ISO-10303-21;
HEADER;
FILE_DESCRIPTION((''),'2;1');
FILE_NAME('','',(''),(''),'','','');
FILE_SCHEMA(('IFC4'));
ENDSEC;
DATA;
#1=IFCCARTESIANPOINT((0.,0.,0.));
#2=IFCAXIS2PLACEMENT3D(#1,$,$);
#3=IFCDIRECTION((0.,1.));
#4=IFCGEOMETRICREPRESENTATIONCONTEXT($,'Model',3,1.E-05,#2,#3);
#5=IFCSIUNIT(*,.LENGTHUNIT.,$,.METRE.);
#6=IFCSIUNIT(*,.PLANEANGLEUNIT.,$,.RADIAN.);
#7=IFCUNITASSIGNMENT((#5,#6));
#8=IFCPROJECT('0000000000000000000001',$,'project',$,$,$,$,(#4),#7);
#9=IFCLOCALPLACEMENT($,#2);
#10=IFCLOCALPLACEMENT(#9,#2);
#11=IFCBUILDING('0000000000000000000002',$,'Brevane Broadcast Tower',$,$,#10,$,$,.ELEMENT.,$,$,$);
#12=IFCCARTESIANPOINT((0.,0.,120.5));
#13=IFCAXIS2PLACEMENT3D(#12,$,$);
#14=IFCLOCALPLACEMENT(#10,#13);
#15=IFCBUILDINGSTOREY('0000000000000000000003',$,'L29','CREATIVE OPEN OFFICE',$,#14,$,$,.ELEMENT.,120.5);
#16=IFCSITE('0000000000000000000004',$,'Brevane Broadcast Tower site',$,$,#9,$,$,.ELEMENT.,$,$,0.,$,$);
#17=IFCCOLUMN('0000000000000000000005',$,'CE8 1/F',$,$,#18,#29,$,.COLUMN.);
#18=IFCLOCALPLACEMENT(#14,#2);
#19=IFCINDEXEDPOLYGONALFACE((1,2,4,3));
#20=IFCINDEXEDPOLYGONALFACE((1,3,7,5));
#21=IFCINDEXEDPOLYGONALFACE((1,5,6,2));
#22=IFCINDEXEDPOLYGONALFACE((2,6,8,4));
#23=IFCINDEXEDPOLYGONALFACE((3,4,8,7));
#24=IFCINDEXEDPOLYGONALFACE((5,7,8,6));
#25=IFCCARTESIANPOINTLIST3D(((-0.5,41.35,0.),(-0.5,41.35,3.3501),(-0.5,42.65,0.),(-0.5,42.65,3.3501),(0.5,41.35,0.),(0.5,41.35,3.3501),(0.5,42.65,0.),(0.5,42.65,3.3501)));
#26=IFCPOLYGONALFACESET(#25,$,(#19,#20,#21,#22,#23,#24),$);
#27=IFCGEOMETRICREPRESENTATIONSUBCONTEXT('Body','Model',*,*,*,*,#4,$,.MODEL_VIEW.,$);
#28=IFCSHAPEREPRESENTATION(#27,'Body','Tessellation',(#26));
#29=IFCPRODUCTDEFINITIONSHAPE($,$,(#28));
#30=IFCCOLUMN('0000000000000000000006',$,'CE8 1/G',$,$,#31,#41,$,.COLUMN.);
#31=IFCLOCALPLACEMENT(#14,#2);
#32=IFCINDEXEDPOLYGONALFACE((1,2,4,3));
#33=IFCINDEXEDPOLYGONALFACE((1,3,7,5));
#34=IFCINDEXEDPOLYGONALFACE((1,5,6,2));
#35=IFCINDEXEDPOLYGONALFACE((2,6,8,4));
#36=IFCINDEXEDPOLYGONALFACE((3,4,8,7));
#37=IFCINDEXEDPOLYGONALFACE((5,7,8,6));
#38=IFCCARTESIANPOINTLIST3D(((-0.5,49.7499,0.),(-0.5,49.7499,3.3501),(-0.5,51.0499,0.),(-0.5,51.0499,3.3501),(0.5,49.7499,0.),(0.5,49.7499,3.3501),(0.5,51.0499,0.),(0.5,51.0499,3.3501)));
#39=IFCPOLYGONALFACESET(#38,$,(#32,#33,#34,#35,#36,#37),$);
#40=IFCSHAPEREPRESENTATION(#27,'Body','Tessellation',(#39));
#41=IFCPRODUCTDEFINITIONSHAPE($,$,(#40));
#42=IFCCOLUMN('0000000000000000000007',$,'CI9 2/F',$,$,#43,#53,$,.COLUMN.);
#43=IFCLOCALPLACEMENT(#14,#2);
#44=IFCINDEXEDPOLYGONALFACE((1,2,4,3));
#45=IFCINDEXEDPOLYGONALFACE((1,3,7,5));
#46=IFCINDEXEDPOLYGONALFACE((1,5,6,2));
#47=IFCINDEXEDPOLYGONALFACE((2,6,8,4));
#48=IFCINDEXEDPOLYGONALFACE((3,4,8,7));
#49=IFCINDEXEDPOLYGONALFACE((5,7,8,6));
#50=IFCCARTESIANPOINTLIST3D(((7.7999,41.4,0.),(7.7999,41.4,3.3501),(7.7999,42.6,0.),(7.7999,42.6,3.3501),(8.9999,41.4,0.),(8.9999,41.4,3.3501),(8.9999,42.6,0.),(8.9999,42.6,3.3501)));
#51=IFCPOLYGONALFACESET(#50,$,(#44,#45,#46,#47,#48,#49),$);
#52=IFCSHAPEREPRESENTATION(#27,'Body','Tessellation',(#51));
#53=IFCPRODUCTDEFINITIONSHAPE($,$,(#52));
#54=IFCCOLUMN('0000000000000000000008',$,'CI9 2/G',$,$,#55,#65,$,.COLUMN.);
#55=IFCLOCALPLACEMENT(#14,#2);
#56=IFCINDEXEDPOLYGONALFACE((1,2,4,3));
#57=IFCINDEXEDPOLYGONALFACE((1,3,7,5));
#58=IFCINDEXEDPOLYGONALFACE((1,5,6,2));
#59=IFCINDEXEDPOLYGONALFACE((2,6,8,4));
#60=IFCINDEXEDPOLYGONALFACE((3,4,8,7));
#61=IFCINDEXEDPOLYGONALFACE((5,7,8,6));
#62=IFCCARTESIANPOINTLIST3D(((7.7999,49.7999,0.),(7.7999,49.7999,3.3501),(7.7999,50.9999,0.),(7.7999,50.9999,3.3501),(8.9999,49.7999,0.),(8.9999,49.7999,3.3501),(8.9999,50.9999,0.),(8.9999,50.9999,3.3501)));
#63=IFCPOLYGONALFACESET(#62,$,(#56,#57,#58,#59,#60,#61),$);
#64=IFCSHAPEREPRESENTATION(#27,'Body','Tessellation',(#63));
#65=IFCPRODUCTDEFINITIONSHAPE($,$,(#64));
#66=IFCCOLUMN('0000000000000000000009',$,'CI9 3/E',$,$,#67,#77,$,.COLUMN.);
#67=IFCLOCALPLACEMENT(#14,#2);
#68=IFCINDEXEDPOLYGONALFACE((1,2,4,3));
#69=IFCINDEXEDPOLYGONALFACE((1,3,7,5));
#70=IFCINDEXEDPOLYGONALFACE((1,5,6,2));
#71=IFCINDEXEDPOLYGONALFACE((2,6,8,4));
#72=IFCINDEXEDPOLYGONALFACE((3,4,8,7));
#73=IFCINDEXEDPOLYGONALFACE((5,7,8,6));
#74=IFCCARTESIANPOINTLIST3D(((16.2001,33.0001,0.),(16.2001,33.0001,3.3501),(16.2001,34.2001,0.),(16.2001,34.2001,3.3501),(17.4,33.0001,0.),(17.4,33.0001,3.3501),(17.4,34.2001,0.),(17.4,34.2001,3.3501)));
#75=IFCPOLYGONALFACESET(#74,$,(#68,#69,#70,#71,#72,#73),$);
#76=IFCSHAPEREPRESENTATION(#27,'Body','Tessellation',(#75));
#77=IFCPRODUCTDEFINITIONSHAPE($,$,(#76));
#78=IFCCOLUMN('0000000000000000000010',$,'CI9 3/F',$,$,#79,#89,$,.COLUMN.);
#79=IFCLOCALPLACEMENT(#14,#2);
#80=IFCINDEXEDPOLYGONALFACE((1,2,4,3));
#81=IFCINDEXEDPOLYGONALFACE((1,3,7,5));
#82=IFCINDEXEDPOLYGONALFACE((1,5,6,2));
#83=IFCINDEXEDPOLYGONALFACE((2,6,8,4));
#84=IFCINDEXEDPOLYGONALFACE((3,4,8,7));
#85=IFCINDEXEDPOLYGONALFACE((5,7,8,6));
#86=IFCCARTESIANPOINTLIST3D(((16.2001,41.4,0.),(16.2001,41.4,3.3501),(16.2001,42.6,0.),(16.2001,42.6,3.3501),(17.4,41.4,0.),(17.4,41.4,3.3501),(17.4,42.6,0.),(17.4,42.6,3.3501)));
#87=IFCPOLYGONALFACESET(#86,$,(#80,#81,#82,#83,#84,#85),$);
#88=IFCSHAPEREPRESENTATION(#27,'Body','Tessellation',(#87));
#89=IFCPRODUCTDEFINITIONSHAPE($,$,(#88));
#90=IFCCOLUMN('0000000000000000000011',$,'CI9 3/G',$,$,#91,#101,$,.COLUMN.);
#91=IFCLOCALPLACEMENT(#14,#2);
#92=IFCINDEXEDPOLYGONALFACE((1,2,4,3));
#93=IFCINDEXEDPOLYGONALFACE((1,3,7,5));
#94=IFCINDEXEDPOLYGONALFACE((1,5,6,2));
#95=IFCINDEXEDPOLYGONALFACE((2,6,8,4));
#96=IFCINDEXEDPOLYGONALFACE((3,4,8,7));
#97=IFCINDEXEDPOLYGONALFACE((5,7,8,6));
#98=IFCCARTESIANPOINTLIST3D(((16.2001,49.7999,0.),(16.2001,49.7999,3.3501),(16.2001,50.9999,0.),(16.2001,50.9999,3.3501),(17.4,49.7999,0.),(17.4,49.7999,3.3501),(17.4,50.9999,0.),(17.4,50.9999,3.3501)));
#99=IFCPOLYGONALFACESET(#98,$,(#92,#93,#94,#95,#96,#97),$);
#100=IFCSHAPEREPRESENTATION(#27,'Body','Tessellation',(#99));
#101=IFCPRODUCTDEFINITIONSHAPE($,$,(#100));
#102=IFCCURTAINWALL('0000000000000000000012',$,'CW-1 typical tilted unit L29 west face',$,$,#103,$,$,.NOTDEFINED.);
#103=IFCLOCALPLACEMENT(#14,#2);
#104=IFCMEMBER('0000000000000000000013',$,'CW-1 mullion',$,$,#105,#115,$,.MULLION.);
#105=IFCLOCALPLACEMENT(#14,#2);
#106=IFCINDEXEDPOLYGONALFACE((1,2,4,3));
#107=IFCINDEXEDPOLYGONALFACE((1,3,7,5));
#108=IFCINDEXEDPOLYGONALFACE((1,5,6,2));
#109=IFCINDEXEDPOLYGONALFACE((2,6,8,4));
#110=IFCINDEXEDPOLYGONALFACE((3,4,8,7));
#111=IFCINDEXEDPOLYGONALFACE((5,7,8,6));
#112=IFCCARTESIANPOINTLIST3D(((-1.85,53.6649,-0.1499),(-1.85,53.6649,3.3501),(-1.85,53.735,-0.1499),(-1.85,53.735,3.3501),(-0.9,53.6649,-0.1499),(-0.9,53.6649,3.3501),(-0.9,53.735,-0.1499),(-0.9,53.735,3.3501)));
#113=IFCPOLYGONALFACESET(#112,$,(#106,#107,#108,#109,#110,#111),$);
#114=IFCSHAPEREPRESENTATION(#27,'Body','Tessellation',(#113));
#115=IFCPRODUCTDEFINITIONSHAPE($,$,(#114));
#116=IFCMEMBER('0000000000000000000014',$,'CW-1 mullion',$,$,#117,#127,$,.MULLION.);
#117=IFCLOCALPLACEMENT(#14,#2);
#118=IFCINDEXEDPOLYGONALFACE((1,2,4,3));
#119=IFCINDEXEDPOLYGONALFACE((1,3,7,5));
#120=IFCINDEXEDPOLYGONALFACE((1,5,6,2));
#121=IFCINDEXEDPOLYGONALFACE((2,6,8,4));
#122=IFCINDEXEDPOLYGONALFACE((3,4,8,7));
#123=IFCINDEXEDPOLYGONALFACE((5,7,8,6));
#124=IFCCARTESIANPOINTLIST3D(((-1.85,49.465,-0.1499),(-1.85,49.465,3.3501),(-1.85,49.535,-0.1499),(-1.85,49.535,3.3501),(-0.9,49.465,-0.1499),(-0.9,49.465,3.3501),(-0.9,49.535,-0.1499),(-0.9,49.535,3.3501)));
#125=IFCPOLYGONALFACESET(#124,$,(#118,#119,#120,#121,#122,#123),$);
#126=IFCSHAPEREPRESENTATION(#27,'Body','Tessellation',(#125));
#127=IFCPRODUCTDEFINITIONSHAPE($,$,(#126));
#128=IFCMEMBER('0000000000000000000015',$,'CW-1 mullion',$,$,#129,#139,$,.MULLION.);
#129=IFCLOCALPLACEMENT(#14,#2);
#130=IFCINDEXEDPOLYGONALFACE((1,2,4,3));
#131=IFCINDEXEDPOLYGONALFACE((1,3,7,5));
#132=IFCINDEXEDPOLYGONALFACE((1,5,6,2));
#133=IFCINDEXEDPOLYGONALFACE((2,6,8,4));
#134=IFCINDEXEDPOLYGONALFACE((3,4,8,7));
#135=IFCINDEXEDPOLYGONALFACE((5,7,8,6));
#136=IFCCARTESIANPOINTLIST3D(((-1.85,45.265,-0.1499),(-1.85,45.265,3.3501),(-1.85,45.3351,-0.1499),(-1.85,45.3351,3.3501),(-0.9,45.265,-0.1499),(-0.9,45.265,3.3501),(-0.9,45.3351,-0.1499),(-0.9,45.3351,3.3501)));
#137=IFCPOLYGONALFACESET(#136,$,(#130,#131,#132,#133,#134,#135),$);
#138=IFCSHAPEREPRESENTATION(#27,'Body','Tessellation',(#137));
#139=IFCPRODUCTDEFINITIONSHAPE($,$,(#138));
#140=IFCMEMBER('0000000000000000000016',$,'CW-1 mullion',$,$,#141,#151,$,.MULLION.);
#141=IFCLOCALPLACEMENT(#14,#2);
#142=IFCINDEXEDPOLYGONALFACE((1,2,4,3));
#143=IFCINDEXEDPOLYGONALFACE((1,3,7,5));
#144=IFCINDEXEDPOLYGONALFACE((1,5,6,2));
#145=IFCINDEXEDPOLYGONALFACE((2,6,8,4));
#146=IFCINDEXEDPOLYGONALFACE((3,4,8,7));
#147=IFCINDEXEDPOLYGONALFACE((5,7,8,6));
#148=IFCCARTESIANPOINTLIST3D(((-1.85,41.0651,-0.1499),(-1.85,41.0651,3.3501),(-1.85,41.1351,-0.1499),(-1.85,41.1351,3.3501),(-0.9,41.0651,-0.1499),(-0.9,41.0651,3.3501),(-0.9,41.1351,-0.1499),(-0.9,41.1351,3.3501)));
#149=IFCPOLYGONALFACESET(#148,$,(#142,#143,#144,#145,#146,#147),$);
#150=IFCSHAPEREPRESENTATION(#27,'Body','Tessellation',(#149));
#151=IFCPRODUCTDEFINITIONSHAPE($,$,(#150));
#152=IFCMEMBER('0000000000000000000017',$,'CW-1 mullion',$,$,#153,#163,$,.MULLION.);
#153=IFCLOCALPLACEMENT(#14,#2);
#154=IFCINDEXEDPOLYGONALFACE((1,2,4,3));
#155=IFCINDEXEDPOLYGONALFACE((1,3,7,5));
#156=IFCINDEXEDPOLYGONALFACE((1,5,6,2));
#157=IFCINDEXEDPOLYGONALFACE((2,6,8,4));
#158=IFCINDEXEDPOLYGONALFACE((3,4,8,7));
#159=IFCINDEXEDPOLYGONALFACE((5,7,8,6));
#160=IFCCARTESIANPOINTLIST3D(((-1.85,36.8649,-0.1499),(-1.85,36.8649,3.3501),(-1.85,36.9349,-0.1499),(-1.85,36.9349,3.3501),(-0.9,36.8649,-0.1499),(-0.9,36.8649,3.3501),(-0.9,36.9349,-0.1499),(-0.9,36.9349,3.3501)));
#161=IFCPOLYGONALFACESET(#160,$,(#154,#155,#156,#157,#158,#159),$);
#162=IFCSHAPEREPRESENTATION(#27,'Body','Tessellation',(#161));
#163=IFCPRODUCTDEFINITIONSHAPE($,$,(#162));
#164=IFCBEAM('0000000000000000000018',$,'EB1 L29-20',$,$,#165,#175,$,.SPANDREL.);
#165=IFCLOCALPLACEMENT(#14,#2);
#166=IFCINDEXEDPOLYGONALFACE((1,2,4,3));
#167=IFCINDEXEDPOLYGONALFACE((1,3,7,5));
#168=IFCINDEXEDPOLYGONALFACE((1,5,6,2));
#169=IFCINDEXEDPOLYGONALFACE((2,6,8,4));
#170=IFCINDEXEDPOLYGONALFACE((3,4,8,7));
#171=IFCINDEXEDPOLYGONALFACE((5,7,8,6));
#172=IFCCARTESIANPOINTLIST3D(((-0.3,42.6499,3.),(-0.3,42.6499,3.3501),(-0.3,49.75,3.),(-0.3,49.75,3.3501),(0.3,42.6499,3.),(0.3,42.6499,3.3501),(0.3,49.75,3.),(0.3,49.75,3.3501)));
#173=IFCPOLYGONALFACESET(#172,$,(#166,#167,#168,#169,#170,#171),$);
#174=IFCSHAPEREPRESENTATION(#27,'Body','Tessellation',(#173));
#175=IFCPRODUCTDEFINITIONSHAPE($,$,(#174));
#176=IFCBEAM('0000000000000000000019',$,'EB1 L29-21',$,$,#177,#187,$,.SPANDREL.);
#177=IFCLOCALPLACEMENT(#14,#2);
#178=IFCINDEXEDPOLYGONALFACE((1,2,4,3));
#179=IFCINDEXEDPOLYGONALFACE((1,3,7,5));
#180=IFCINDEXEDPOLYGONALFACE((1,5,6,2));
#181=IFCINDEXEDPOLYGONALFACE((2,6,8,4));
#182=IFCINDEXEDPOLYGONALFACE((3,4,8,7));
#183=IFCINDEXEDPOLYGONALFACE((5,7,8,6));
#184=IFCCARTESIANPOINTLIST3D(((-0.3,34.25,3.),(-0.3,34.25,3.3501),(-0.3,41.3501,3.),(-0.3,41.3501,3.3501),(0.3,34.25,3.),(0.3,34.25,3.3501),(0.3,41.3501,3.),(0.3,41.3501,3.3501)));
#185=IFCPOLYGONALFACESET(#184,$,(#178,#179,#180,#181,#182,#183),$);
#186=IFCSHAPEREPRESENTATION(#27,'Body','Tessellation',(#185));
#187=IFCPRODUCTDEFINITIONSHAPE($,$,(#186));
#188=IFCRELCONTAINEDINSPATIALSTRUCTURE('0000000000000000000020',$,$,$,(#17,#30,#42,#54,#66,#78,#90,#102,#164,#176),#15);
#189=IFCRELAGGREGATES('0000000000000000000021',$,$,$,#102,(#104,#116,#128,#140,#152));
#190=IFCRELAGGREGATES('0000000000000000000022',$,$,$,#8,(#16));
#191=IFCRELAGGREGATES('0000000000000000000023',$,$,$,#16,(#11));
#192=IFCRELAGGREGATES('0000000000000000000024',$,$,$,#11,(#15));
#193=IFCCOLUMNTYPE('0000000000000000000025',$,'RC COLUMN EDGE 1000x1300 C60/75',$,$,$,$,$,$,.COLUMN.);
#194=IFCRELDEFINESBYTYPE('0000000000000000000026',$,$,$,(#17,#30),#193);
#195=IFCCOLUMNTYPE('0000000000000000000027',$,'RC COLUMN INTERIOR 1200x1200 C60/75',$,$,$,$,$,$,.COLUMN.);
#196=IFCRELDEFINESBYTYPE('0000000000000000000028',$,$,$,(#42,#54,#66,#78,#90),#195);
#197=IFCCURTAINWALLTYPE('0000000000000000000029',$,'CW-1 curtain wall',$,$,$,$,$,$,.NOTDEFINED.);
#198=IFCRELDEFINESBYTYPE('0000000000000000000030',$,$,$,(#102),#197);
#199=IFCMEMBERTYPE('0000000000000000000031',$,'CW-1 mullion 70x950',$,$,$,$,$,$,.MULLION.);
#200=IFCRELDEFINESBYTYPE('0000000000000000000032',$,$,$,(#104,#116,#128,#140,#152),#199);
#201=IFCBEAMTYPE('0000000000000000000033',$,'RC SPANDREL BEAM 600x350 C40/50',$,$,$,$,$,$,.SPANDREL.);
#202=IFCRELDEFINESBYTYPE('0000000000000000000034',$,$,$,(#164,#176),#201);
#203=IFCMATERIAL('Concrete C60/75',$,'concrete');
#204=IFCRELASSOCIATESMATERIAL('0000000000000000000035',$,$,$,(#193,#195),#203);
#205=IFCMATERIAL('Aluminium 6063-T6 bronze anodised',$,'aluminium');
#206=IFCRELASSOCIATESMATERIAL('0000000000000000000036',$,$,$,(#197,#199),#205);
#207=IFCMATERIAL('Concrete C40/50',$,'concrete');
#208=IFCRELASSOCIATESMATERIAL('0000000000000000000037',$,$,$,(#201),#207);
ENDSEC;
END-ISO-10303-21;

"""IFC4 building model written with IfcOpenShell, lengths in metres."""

from ifc_helpers import new_model, si_unit, direction, frame, origin, origin_2d, place, context, subcontext, project, spatial, rectangle, extrude, material, material_profile, profile_set, type_object, element, aggregate, save


model = new_model("IFC4")

# Units and contexts
model_context = context("Model", 3, precision=1e-05, world=origin(), true_north=direction((0.0, 1.0)))
body_context = subcontext(model_context, "Body", "Model", "MODEL_VIEW")
ifc_project = project(units=[si_unit("LENGTHUNIT", "METRE"), si_unit("PLANEANGLEUNIT", "RADIAN")], contexts=[model_context])

# Site, building, storey
site_placement = place(None, origin())
site = spatial("IfcSite", under=ifc_project, at=site_placement, Name="Brevane Broadcast Tower site", CompositionType="ELEMENT", RefElevation=0.0)
building_placement = place(site_placement, origin())
building = spatial("IfcBuilding", under=site, at=building_placement, Name="Brevane Broadcast Tower", CompositionType="ELEMENT")
storey_placement = place(building_placement, frame((0.0, 0.0, 120.5)))
storey = spatial("IfcBuildingStorey", under=building, at=storey_placement, Name="L29", Description="CREATIVE OPEN OFFICE", CompositionType="ELEMENT", Elevation=120.5)

# Columns
ifc_material_1 = material(Name="Concrete C60/75", Category="concrete")
ifc_material_profile_1 = material_profile(ifc_material_1, rectangle(XDim=1.0, YDim=1.3, at=origin_2d()), Name="RC 1000x1300")
ifc_profile_set_1 = profile_set([ifc_material_profile_1], Name="Concrete C60/75")
column_type_1 = type_object("IfcColumnType", Name="RC COLUMN EDGE 1000x1300 C60/75", PredefinedType="COLUMN", material=ifc_profile_set_1)
for number, where, z_axis, x_axis, name in (
    (1, (0.0, 42.0, 0.0), (0.0, 0.0, 1.0), (1.0, 0.0, 0.0), "CE8 1/F"),
    (2, (0.0, 50.3999, 0.0), (0.0, 0.0, 1.0), (1.0, 0.0, 0.0), "CE8 1/G"),
):
    element("IfcColumn", number, at=place(storey_placement, frame(where, z_axis=z_axis, x_axis=x_axis)), inside=storey, type_object=column_type_1, Name=name, PredefinedType="COLUMN", context=body_context, shape_type="SweptSolid", body=[
        extrude(rectangle(XDim=1.0, YDim=1.3, at=origin_2d()), origin(), (0.0, 0.0, 1.0), 3.3501),
    ])
ifc_material_profile_2 = material_profile(ifc_material_1, rectangle(XDim=1.2, YDim=1.2, at=origin_2d()), Name="RC 1200x1200")
ifc_profile_set_2 = profile_set([ifc_material_profile_2], Name="Concrete C60/75")
column_type_2 = type_object("IfcColumnType", Name="RC COLUMN INTERIOR 1200x1200 C60/75", PredefinedType="COLUMN", material=ifc_profile_set_2)
for number, where, z_axis, x_axis, name in (
    (3, (8.3999, 42.0, 0.0), (0.0, 0.0, 1.0), (1.0, 0.0, 0.0), "CI9 2/F"),
    (4, (8.3999, 50.3999, 0.0), (0.0, 0.0, 1.0), (1.0, 0.0, 0.0), "CI9 2/G"),
    (5, (16.8, 33.6001, 0.0), (0.0, 0.0, 1.0), (1.0, 0.0, 0.0), "CI9 3/E"),
    (6, (16.8, 42.0, 0.0), (0.0, 0.0, 1.0), (1.0, 0.0, 0.0), "CI9 3/F"),
    (7, (16.8, 50.3999, 0.0), (0.0, 0.0, 1.0), (1.0, 0.0, 0.0), "CI9 3/G"),
):
    element("IfcColumn", number, at=place(storey_placement, frame(where, z_axis=z_axis, x_axis=x_axis)), inside=storey, type_object=column_type_2, Name=name, PredefinedType="COLUMN", context=body_context, shape_type="SweptSolid", body=[
        extrude(rectangle(XDim=1.2, YDim=1.2, at=origin_2d()), origin(), (0.0, 0.0, 1.0), 3.3501),
    ])

# Curtain wall, members
ifc_material_2 = material(Name="Aluminium 6063-T6 bronze anodised", Category="aluminium")
curtain_wall_type = type_object("IfcCurtainWallType", Name="CW-1 curtain wall", PredefinedType="NOTDEFINED", material=ifc_material_2)
curtain_wall_placement = place(storey_placement, origin())
curtain_wall = element("IfcCurtainWall", 8, at=curtain_wall_placement, inside=storey, type_object=curtain_wall_type, Name="CW-1 typical tilted unit L29 west face", PredefinedType="NOTDEFINED")
ifc_material_profile_3 = material_profile(ifc_material_2, rectangle(XDim=0.95, YDim=0.0701, at=origin_2d()), Name="RECT 70x950")
ifc_profile_set_3 = profile_set([ifc_material_profile_3], Name="Aluminium 6063-T6 bronze anodised")
member_type = type_object("IfcMemberType", Name="CW-1 mullion 70x950", PredefinedType="MULLION", material=ifc_profile_set_3)
member_1_placement = place(storey_placement, frame((-1.375, 53.7, -0.1499), z_axis=(0.0, 0.0, 1.0), x_axis=(1.0, 0.0, 0.0)))
member_1 = element("IfcMember", 9, at=member_1_placement, type_object=member_type, Name="CW-1 mullion", PredefinedType="MULLION", context=body_context, shape_type="SweptSolid", body=[
    extrude(rectangle(XDim=0.95, YDim=0.0701, at=origin_2d()), origin(), (0.0, 0.0, 1.0), 3.5),
])
member_2_placement = place(storey_placement, frame((-1.375, 49.5, -0.1499), z_axis=(0.0, 0.0, 1.0), x_axis=(1.0, 0.0, 0.0)))
member_2 = element("IfcMember", 10, at=member_2_placement, type_object=member_type, Name="CW-1 mullion", PredefinedType="MULLION", context=body_context, shape_type="SweptSolid", body=[
    extrude(rectangle(XDim=0.95, YDim=0.0701, at=origin_2d()), origin(), (0.0, 0.0, 1.0), 3.5),
])
member_3_placement = place(storey_placement, frame((-1.375, 45.3, -0.1499), z_axis=(0.0, 0.0, 1.0), x_axis=(1.0, 0.0, 0.0)))
member_3 = element("IfcMember", 11, at=member_3_placement, type_object=member_type, Name="CW-1 mullion", PredefinedType="MULLION", context=body_context, shape_type="SweptSolid", body=[
    extrude(rectangle(XDim=0.95, YDim=0.0701, at=origin_2d()), origin(), (0.0, 0.0, 1.0), 3.5),
])
member_4_placement = place(storey_placement, frame((-1.375, 41.1001, -0.1499), z_axis=(0.0, 0.0, 1.0), x_axis=(1.0, 0.0, 0.0)))
member_4 = element("IfcMember", 12, at=member_4_placement, type_object=member_type, Name="CW-1 mullion", PredefinedType="MULLION", context=body_context, shape_type="SweptSolid", body=[
    extrude(rectangle(XDim=0.95, YDim=0.0701, at=origin_2d()), origin(), (0.0, 0.0, 1.0), 3.5),
])
member_5_placement = place(storey_placement, frame((-1.375, 36.8999, -0.1499), z_axis=(0.0, 0.0, 1.0), x_axis=(1.0, 0.0, 0.0)))
member_5 = element("IfcMember", 13, at=member_5_placement, type_object=member_type, Name="CW-1 mullion", PredefinedType="MULLION", context=body_context, shape_type="SweptSolid", body=[
    extrude(rectangle(XDim=0.95, YDim=0.0701, at=origin_2d()), origin(), (0.0, 0.0, 1.0), 3.5),
])
aggregate(curtain_wall, [member_1, member_2, member_3, member_4, member_5])

# Beams
ifc_material_3 = material(Name="Concrete C40/50", Category="concrete")
ifc_material_profile_4 = material_profile(ifc_material_3, rectangle(XDim=0.6001, YDim=0.3501, at=origin_2d()), Name="RC 600x350")
ifc_profile_set_4 = profile_set([ifc_material_profile_4], Name="Concrete C40/50")
beam_type = type_object("IfcBeamType", Name="RC SPANDREL BEAM 600x350 C40/50", PredefinedType="SPANDREL", material=ifc_profile_set_4)
for number, where, z_axis, x_axis, name in (
    (14, (0.0, 49.75, 3.175), (0.0, -1.0, 0.0), (1.0, 0.0, 0.0), "EB1 L29-20"),
    (15, (0.0, 41.3501, 3.175), (0.0, -1.0, 0.0), (1.0, 0.0, 0.0), "EB1 L29-21"),
):
    element("IfcBeam", number, at=place(storey_placement, frame(where, z_axis=z_axis, x_axis=x_axis)), inside=storey, type_object=beam_type, Name=name, PredefinedType="SPANDREL", context=body_context, shape_type="SweptSolid", body=[
        extrude(rectangle(XDim=0.6001, YDim=0.3501, at=origin_2d()), origin(), (0.0, 0.0, 1.0), 7.1001),
    ])

save(model, "model.ifc")
